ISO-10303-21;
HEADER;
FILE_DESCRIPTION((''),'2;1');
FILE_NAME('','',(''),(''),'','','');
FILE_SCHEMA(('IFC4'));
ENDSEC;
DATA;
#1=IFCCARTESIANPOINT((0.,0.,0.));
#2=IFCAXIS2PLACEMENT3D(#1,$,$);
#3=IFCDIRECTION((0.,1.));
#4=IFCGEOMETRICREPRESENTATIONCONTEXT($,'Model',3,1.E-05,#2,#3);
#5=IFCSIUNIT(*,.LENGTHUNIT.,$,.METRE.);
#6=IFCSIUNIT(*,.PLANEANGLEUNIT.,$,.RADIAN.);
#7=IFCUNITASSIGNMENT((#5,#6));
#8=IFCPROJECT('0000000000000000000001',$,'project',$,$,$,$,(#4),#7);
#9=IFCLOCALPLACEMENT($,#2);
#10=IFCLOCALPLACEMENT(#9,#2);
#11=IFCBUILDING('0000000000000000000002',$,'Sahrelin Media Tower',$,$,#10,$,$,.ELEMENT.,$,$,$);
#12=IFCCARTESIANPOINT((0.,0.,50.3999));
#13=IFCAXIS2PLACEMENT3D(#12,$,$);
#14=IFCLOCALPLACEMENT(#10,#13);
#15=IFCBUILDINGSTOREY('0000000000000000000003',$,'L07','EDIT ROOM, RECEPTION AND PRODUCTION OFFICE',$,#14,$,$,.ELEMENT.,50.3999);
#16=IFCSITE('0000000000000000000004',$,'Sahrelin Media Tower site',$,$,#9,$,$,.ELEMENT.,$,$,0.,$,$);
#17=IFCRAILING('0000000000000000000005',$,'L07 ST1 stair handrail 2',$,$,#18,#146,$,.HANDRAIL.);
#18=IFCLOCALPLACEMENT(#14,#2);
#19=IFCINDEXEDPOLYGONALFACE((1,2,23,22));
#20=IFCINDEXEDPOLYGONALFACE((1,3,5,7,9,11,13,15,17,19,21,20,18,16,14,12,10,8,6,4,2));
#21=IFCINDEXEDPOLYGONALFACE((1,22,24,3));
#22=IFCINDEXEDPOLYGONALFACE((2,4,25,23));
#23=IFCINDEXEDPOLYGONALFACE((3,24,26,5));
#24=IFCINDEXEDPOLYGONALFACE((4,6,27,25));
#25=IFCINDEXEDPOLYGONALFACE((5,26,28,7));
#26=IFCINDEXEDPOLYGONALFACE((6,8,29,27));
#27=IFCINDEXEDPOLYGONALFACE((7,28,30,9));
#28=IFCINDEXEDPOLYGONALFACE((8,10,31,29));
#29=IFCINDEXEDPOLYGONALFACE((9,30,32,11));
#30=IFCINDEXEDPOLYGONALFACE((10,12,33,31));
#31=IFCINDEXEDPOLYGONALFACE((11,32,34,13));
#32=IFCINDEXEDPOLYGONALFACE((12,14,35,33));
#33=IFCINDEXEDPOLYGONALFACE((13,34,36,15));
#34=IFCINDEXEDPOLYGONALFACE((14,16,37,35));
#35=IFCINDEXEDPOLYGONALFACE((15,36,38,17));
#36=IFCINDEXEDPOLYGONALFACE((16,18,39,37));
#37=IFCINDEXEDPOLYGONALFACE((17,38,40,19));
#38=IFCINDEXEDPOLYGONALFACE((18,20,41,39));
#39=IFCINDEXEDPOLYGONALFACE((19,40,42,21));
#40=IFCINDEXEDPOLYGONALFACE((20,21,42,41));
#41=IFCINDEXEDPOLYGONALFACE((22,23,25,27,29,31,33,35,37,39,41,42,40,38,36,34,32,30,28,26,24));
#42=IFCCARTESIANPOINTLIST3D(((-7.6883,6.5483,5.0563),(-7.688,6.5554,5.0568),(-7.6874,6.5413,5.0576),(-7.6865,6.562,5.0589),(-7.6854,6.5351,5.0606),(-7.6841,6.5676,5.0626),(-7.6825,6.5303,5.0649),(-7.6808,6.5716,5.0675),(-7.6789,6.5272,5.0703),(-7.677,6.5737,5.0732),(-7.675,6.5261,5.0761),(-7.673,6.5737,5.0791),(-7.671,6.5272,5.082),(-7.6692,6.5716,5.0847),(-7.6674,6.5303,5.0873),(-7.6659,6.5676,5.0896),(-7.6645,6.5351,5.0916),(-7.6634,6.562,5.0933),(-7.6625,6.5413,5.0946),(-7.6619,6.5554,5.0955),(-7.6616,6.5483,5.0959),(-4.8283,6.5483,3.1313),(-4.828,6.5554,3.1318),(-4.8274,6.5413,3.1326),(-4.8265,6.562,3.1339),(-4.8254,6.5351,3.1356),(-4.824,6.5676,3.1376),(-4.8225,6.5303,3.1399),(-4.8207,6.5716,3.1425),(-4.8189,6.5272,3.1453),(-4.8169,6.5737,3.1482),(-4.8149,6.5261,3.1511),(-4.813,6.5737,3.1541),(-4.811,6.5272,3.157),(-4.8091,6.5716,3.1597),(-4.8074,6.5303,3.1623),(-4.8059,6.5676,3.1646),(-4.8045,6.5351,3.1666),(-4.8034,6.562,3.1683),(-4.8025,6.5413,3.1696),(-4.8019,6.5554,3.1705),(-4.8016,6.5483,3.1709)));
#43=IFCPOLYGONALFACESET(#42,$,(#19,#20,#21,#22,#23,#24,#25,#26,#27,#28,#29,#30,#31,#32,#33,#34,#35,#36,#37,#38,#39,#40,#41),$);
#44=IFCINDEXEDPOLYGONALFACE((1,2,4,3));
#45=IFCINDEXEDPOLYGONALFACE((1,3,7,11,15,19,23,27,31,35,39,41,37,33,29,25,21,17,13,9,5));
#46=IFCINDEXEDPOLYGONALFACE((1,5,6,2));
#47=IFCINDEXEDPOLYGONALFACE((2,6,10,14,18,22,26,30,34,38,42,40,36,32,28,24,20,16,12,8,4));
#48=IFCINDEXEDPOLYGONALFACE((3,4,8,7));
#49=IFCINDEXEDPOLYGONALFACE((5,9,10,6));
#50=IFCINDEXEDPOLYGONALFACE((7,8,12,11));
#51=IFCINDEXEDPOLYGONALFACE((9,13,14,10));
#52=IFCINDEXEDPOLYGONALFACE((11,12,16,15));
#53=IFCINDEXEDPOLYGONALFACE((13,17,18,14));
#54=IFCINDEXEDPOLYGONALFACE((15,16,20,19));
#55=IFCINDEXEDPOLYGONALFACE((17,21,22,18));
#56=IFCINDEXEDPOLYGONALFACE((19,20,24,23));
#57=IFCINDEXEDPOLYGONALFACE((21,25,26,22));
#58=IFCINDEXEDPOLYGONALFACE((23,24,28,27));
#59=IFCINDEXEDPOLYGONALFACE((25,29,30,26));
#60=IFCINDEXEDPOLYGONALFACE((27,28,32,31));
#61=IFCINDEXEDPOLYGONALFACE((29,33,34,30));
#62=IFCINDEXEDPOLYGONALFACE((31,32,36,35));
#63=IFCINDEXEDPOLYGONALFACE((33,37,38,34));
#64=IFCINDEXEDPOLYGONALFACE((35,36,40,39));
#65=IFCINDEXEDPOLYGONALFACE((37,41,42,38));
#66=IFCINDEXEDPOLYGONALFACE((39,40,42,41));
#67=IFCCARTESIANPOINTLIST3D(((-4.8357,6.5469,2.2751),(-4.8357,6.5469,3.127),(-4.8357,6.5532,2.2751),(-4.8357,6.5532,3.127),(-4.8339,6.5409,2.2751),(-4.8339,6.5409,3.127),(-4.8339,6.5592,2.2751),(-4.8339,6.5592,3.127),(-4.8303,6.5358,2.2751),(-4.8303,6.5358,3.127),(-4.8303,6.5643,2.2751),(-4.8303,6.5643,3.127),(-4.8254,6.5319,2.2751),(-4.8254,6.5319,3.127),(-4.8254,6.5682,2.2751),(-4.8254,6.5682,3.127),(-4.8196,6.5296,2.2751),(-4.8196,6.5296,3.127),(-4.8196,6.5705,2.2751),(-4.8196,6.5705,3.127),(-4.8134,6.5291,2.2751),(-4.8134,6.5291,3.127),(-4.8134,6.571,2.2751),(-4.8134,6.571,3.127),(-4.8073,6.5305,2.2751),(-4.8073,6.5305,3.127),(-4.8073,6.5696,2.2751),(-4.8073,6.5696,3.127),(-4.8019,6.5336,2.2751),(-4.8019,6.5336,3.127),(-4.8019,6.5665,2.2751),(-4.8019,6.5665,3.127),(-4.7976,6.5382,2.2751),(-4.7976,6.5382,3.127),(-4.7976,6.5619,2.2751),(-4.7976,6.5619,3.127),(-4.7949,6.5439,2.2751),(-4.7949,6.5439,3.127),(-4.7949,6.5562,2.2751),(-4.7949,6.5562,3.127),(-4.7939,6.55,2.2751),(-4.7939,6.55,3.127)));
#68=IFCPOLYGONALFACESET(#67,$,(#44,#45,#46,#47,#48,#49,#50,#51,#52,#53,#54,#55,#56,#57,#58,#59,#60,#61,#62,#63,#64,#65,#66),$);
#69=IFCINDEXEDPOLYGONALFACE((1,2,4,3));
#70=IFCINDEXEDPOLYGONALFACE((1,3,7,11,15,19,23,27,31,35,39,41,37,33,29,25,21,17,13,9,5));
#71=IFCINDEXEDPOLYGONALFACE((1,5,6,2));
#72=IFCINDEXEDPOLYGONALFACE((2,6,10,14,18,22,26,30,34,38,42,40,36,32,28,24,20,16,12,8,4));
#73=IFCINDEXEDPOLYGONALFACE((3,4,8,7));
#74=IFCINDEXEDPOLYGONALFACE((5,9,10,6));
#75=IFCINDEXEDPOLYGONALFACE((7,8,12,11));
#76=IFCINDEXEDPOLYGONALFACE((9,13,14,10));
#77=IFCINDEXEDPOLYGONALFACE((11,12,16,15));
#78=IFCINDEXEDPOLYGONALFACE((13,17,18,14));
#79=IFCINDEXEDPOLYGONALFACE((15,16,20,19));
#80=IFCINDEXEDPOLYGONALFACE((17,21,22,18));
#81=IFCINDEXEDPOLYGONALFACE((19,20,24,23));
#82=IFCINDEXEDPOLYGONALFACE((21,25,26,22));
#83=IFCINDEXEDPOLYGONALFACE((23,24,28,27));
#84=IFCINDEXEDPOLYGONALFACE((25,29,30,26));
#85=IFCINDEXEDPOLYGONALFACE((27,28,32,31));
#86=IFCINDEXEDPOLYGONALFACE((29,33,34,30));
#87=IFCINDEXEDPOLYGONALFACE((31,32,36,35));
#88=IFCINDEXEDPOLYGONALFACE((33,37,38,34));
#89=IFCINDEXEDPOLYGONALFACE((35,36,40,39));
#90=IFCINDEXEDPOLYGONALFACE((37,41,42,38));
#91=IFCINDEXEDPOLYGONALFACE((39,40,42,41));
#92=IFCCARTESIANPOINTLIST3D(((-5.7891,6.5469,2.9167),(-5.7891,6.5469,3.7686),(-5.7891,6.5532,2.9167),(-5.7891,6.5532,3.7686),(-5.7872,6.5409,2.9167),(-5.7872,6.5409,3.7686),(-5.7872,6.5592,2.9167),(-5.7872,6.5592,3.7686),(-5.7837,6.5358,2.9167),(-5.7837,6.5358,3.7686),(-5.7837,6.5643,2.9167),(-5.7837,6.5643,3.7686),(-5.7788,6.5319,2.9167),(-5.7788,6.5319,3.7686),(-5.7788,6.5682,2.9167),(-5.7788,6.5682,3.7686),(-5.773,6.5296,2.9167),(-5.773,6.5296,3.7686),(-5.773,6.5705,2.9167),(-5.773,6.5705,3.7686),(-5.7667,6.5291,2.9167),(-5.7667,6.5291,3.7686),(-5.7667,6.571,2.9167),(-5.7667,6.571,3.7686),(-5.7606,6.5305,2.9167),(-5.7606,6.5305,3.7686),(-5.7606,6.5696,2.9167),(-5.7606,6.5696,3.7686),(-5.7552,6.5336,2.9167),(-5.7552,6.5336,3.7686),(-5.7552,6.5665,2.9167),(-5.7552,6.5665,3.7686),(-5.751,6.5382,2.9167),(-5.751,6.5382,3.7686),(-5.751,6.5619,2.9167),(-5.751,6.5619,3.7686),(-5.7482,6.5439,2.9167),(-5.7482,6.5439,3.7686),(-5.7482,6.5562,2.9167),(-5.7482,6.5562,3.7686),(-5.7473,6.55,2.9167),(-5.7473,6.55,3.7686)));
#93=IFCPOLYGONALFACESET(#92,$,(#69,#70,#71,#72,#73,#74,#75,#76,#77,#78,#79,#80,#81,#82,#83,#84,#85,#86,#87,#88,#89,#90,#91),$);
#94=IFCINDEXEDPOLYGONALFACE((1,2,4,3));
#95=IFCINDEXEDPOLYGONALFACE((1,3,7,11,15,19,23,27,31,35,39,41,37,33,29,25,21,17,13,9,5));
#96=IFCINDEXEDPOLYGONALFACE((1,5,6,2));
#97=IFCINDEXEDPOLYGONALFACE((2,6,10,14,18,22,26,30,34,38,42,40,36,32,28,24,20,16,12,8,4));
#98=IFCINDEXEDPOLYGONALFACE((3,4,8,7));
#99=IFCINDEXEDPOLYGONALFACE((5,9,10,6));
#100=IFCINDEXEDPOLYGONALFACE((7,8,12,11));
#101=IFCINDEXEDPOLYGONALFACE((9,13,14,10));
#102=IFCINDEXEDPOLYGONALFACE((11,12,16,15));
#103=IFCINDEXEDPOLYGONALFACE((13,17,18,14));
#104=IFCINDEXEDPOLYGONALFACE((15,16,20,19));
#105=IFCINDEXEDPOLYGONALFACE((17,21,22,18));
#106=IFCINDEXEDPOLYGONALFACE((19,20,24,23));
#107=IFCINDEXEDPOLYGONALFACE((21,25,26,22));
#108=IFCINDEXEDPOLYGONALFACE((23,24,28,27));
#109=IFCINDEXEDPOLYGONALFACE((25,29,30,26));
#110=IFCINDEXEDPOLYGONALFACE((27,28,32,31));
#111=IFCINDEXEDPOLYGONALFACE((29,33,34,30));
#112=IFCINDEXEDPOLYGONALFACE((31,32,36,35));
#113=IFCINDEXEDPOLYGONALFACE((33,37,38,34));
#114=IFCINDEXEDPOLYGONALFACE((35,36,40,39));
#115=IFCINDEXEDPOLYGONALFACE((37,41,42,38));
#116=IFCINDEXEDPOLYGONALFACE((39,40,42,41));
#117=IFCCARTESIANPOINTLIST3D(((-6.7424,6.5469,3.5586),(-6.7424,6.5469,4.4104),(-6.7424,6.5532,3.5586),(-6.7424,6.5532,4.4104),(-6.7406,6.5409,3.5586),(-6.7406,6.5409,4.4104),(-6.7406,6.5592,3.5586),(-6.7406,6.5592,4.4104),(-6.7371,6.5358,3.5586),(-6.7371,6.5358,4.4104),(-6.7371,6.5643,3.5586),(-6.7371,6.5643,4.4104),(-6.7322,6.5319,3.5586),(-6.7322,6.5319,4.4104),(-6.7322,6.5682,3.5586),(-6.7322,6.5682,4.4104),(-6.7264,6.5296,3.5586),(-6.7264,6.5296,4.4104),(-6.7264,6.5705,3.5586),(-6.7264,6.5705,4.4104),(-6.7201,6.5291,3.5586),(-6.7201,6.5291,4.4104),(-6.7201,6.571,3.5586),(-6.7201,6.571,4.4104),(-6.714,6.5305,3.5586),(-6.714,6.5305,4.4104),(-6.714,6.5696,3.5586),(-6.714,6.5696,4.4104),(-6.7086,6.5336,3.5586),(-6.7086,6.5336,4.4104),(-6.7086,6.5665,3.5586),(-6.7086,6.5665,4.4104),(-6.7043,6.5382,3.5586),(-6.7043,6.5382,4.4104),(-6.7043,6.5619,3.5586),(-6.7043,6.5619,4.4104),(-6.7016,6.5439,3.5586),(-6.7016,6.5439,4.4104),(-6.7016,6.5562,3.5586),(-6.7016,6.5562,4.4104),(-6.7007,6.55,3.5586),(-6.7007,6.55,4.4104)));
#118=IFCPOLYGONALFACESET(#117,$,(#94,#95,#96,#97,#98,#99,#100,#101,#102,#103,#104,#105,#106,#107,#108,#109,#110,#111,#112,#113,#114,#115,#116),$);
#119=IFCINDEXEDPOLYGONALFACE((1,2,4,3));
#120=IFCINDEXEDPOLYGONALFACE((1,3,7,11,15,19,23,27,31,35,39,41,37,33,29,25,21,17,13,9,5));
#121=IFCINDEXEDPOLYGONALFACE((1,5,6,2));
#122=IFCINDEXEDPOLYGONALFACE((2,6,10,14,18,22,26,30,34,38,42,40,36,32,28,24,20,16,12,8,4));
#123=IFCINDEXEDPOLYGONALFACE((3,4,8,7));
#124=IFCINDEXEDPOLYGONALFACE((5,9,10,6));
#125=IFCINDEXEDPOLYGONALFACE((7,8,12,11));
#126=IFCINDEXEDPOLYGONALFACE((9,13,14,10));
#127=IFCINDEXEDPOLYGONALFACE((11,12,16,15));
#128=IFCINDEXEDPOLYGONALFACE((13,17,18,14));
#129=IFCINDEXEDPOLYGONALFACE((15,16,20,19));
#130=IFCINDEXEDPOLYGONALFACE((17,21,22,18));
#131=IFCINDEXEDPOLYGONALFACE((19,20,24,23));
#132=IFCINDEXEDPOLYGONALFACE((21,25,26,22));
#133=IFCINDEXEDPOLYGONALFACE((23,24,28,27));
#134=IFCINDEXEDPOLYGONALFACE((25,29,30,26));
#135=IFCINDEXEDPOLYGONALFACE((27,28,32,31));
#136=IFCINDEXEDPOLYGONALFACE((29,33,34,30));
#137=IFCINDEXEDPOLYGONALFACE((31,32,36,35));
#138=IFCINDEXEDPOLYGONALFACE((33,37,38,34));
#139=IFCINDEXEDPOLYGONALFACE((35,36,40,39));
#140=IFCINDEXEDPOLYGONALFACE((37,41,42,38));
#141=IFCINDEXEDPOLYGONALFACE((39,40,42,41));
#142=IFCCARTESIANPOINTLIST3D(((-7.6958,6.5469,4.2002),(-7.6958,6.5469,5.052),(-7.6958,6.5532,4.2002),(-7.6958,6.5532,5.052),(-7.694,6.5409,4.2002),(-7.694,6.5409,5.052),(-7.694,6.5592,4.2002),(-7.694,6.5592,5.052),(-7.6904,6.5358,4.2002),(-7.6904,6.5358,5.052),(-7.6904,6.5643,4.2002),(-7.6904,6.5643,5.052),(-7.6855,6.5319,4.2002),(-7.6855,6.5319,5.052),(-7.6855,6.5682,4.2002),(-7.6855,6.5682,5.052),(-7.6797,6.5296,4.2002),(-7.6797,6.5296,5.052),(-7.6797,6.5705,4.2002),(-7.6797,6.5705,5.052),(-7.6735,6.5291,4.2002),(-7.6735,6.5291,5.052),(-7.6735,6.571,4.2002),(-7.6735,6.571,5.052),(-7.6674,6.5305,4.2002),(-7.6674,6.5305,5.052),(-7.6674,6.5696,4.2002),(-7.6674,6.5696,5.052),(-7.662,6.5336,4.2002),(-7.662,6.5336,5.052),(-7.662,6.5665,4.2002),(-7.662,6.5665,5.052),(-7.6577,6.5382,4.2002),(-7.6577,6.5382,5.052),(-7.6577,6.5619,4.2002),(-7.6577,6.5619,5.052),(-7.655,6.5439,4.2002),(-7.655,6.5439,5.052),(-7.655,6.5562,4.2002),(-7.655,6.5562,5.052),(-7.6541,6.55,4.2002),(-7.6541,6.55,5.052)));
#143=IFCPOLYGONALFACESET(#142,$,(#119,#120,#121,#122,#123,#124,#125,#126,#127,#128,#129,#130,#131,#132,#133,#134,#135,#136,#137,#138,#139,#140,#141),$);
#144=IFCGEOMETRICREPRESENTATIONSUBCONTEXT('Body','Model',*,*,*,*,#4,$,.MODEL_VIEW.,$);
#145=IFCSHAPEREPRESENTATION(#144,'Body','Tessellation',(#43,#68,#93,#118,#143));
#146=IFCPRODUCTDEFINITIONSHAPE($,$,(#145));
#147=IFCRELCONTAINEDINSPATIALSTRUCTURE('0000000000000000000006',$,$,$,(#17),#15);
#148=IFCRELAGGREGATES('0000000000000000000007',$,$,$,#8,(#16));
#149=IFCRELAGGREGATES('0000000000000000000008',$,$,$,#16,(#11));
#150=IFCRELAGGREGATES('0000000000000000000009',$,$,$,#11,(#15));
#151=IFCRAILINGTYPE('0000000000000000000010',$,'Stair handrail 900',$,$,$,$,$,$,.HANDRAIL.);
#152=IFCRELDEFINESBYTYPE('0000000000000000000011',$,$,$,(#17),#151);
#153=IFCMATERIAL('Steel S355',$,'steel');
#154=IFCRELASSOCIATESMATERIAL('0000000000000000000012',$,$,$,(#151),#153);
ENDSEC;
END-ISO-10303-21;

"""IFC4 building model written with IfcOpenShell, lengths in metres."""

from ifc_helpers import new_model, si_unit, direction, frame, origin, origin_2d, place, context, subcontext, project, spatial, circle, extrude, material, type_object, element, save


model = new_model("IFC4")

# Units and contexts
model_context = context("Model", 3, precision=1e-05, world=origin(), true_north=direction((0.0, 1.0)))
body_context = subcontext(model_context, "Body", "Model", "MODEL_VIEW")
ifc_project = project(units=[si_unit("LENGTHUNIT", "METRE"), si_unit("PLANEANGLEUNIT", "RADIAN")], contexts=[model_context])

# Site, building, storey
site_placement = place(None, origin())
site = spatial("IfcSite", under=ifc_project, at=site_placement, Name="Sahrelin Media Tower site", CompositionType="ELEMENT", RefElevation=0.0)
building_placement = place(site_placement, origin())
building = spatial("IfcBuilding", under=site, at=building_placement, Name="Sahrelin Media Tower", CompositionType="ELEMENT")
storey_placement = place(building_placement, frame((0.0, 0.0, 50.3999)))
storey = spatial("IfcBuildingStorey", under=building, at=storey_placement, Name="L07", Description="EDIT ROOM, RECEPTION AND PRODUCTION OFFICE", CompositionType="ELEMENT", Elevation=50.3999)

# Shared definitions
ifc_material_1 = material(Name="Steel S355", Category="steel")

# Railing
railing_type_1 = type_object("IfcRailingType", Name="Stair handrail 900", PredefinedType="HANDRAIL", material=ifc_material_1)
railing_1_placement = place(storey_placement, frame((-4.8149, 6.55, 2.2751)))
element("IfcRailing", 1, at=railing_1_placement, inside=storey, type_object=railing_type_1, Name="L07 ST1 stair handrail 2", PredefinedType="HANDRAIL", context=body_context, shape_type="SweptSolid", body=[
    extrude(circle(Radius=0.0239, at=origin_2d()), frame((0.0, 0.0, 0.876), z_axis=(-0.829591, 0.0, 0.558372), x_axis=(0.0, -1.0, 0.0)), (0.0, 0.0, 1.0), 3.4475),
    extrude(circle(Radius=0.021, at=origin_2d()), origin(), (0.0, 0.0, 1.0), 0.8518),
    extrude(circle(Radius=0.021, at=origin_2d()), frame((-0.9534, 0.0, 0.6416)), (0.0, 0.0, 1.0), 0.8518),
    extrude(circle(Radius=0.021, at=origin_2d()), frame((-1.9067, 0.0, 1.2834)), (0.0, 0.0, 1.0), 0.8518),
    extrude(circle(Radius=0.021, at=origin_2d()), frame((-2.8601, 0.0, 1.925)), (0.0, 0.0, 1.0), 0.8518),
])

save(model, "model.ifc")
